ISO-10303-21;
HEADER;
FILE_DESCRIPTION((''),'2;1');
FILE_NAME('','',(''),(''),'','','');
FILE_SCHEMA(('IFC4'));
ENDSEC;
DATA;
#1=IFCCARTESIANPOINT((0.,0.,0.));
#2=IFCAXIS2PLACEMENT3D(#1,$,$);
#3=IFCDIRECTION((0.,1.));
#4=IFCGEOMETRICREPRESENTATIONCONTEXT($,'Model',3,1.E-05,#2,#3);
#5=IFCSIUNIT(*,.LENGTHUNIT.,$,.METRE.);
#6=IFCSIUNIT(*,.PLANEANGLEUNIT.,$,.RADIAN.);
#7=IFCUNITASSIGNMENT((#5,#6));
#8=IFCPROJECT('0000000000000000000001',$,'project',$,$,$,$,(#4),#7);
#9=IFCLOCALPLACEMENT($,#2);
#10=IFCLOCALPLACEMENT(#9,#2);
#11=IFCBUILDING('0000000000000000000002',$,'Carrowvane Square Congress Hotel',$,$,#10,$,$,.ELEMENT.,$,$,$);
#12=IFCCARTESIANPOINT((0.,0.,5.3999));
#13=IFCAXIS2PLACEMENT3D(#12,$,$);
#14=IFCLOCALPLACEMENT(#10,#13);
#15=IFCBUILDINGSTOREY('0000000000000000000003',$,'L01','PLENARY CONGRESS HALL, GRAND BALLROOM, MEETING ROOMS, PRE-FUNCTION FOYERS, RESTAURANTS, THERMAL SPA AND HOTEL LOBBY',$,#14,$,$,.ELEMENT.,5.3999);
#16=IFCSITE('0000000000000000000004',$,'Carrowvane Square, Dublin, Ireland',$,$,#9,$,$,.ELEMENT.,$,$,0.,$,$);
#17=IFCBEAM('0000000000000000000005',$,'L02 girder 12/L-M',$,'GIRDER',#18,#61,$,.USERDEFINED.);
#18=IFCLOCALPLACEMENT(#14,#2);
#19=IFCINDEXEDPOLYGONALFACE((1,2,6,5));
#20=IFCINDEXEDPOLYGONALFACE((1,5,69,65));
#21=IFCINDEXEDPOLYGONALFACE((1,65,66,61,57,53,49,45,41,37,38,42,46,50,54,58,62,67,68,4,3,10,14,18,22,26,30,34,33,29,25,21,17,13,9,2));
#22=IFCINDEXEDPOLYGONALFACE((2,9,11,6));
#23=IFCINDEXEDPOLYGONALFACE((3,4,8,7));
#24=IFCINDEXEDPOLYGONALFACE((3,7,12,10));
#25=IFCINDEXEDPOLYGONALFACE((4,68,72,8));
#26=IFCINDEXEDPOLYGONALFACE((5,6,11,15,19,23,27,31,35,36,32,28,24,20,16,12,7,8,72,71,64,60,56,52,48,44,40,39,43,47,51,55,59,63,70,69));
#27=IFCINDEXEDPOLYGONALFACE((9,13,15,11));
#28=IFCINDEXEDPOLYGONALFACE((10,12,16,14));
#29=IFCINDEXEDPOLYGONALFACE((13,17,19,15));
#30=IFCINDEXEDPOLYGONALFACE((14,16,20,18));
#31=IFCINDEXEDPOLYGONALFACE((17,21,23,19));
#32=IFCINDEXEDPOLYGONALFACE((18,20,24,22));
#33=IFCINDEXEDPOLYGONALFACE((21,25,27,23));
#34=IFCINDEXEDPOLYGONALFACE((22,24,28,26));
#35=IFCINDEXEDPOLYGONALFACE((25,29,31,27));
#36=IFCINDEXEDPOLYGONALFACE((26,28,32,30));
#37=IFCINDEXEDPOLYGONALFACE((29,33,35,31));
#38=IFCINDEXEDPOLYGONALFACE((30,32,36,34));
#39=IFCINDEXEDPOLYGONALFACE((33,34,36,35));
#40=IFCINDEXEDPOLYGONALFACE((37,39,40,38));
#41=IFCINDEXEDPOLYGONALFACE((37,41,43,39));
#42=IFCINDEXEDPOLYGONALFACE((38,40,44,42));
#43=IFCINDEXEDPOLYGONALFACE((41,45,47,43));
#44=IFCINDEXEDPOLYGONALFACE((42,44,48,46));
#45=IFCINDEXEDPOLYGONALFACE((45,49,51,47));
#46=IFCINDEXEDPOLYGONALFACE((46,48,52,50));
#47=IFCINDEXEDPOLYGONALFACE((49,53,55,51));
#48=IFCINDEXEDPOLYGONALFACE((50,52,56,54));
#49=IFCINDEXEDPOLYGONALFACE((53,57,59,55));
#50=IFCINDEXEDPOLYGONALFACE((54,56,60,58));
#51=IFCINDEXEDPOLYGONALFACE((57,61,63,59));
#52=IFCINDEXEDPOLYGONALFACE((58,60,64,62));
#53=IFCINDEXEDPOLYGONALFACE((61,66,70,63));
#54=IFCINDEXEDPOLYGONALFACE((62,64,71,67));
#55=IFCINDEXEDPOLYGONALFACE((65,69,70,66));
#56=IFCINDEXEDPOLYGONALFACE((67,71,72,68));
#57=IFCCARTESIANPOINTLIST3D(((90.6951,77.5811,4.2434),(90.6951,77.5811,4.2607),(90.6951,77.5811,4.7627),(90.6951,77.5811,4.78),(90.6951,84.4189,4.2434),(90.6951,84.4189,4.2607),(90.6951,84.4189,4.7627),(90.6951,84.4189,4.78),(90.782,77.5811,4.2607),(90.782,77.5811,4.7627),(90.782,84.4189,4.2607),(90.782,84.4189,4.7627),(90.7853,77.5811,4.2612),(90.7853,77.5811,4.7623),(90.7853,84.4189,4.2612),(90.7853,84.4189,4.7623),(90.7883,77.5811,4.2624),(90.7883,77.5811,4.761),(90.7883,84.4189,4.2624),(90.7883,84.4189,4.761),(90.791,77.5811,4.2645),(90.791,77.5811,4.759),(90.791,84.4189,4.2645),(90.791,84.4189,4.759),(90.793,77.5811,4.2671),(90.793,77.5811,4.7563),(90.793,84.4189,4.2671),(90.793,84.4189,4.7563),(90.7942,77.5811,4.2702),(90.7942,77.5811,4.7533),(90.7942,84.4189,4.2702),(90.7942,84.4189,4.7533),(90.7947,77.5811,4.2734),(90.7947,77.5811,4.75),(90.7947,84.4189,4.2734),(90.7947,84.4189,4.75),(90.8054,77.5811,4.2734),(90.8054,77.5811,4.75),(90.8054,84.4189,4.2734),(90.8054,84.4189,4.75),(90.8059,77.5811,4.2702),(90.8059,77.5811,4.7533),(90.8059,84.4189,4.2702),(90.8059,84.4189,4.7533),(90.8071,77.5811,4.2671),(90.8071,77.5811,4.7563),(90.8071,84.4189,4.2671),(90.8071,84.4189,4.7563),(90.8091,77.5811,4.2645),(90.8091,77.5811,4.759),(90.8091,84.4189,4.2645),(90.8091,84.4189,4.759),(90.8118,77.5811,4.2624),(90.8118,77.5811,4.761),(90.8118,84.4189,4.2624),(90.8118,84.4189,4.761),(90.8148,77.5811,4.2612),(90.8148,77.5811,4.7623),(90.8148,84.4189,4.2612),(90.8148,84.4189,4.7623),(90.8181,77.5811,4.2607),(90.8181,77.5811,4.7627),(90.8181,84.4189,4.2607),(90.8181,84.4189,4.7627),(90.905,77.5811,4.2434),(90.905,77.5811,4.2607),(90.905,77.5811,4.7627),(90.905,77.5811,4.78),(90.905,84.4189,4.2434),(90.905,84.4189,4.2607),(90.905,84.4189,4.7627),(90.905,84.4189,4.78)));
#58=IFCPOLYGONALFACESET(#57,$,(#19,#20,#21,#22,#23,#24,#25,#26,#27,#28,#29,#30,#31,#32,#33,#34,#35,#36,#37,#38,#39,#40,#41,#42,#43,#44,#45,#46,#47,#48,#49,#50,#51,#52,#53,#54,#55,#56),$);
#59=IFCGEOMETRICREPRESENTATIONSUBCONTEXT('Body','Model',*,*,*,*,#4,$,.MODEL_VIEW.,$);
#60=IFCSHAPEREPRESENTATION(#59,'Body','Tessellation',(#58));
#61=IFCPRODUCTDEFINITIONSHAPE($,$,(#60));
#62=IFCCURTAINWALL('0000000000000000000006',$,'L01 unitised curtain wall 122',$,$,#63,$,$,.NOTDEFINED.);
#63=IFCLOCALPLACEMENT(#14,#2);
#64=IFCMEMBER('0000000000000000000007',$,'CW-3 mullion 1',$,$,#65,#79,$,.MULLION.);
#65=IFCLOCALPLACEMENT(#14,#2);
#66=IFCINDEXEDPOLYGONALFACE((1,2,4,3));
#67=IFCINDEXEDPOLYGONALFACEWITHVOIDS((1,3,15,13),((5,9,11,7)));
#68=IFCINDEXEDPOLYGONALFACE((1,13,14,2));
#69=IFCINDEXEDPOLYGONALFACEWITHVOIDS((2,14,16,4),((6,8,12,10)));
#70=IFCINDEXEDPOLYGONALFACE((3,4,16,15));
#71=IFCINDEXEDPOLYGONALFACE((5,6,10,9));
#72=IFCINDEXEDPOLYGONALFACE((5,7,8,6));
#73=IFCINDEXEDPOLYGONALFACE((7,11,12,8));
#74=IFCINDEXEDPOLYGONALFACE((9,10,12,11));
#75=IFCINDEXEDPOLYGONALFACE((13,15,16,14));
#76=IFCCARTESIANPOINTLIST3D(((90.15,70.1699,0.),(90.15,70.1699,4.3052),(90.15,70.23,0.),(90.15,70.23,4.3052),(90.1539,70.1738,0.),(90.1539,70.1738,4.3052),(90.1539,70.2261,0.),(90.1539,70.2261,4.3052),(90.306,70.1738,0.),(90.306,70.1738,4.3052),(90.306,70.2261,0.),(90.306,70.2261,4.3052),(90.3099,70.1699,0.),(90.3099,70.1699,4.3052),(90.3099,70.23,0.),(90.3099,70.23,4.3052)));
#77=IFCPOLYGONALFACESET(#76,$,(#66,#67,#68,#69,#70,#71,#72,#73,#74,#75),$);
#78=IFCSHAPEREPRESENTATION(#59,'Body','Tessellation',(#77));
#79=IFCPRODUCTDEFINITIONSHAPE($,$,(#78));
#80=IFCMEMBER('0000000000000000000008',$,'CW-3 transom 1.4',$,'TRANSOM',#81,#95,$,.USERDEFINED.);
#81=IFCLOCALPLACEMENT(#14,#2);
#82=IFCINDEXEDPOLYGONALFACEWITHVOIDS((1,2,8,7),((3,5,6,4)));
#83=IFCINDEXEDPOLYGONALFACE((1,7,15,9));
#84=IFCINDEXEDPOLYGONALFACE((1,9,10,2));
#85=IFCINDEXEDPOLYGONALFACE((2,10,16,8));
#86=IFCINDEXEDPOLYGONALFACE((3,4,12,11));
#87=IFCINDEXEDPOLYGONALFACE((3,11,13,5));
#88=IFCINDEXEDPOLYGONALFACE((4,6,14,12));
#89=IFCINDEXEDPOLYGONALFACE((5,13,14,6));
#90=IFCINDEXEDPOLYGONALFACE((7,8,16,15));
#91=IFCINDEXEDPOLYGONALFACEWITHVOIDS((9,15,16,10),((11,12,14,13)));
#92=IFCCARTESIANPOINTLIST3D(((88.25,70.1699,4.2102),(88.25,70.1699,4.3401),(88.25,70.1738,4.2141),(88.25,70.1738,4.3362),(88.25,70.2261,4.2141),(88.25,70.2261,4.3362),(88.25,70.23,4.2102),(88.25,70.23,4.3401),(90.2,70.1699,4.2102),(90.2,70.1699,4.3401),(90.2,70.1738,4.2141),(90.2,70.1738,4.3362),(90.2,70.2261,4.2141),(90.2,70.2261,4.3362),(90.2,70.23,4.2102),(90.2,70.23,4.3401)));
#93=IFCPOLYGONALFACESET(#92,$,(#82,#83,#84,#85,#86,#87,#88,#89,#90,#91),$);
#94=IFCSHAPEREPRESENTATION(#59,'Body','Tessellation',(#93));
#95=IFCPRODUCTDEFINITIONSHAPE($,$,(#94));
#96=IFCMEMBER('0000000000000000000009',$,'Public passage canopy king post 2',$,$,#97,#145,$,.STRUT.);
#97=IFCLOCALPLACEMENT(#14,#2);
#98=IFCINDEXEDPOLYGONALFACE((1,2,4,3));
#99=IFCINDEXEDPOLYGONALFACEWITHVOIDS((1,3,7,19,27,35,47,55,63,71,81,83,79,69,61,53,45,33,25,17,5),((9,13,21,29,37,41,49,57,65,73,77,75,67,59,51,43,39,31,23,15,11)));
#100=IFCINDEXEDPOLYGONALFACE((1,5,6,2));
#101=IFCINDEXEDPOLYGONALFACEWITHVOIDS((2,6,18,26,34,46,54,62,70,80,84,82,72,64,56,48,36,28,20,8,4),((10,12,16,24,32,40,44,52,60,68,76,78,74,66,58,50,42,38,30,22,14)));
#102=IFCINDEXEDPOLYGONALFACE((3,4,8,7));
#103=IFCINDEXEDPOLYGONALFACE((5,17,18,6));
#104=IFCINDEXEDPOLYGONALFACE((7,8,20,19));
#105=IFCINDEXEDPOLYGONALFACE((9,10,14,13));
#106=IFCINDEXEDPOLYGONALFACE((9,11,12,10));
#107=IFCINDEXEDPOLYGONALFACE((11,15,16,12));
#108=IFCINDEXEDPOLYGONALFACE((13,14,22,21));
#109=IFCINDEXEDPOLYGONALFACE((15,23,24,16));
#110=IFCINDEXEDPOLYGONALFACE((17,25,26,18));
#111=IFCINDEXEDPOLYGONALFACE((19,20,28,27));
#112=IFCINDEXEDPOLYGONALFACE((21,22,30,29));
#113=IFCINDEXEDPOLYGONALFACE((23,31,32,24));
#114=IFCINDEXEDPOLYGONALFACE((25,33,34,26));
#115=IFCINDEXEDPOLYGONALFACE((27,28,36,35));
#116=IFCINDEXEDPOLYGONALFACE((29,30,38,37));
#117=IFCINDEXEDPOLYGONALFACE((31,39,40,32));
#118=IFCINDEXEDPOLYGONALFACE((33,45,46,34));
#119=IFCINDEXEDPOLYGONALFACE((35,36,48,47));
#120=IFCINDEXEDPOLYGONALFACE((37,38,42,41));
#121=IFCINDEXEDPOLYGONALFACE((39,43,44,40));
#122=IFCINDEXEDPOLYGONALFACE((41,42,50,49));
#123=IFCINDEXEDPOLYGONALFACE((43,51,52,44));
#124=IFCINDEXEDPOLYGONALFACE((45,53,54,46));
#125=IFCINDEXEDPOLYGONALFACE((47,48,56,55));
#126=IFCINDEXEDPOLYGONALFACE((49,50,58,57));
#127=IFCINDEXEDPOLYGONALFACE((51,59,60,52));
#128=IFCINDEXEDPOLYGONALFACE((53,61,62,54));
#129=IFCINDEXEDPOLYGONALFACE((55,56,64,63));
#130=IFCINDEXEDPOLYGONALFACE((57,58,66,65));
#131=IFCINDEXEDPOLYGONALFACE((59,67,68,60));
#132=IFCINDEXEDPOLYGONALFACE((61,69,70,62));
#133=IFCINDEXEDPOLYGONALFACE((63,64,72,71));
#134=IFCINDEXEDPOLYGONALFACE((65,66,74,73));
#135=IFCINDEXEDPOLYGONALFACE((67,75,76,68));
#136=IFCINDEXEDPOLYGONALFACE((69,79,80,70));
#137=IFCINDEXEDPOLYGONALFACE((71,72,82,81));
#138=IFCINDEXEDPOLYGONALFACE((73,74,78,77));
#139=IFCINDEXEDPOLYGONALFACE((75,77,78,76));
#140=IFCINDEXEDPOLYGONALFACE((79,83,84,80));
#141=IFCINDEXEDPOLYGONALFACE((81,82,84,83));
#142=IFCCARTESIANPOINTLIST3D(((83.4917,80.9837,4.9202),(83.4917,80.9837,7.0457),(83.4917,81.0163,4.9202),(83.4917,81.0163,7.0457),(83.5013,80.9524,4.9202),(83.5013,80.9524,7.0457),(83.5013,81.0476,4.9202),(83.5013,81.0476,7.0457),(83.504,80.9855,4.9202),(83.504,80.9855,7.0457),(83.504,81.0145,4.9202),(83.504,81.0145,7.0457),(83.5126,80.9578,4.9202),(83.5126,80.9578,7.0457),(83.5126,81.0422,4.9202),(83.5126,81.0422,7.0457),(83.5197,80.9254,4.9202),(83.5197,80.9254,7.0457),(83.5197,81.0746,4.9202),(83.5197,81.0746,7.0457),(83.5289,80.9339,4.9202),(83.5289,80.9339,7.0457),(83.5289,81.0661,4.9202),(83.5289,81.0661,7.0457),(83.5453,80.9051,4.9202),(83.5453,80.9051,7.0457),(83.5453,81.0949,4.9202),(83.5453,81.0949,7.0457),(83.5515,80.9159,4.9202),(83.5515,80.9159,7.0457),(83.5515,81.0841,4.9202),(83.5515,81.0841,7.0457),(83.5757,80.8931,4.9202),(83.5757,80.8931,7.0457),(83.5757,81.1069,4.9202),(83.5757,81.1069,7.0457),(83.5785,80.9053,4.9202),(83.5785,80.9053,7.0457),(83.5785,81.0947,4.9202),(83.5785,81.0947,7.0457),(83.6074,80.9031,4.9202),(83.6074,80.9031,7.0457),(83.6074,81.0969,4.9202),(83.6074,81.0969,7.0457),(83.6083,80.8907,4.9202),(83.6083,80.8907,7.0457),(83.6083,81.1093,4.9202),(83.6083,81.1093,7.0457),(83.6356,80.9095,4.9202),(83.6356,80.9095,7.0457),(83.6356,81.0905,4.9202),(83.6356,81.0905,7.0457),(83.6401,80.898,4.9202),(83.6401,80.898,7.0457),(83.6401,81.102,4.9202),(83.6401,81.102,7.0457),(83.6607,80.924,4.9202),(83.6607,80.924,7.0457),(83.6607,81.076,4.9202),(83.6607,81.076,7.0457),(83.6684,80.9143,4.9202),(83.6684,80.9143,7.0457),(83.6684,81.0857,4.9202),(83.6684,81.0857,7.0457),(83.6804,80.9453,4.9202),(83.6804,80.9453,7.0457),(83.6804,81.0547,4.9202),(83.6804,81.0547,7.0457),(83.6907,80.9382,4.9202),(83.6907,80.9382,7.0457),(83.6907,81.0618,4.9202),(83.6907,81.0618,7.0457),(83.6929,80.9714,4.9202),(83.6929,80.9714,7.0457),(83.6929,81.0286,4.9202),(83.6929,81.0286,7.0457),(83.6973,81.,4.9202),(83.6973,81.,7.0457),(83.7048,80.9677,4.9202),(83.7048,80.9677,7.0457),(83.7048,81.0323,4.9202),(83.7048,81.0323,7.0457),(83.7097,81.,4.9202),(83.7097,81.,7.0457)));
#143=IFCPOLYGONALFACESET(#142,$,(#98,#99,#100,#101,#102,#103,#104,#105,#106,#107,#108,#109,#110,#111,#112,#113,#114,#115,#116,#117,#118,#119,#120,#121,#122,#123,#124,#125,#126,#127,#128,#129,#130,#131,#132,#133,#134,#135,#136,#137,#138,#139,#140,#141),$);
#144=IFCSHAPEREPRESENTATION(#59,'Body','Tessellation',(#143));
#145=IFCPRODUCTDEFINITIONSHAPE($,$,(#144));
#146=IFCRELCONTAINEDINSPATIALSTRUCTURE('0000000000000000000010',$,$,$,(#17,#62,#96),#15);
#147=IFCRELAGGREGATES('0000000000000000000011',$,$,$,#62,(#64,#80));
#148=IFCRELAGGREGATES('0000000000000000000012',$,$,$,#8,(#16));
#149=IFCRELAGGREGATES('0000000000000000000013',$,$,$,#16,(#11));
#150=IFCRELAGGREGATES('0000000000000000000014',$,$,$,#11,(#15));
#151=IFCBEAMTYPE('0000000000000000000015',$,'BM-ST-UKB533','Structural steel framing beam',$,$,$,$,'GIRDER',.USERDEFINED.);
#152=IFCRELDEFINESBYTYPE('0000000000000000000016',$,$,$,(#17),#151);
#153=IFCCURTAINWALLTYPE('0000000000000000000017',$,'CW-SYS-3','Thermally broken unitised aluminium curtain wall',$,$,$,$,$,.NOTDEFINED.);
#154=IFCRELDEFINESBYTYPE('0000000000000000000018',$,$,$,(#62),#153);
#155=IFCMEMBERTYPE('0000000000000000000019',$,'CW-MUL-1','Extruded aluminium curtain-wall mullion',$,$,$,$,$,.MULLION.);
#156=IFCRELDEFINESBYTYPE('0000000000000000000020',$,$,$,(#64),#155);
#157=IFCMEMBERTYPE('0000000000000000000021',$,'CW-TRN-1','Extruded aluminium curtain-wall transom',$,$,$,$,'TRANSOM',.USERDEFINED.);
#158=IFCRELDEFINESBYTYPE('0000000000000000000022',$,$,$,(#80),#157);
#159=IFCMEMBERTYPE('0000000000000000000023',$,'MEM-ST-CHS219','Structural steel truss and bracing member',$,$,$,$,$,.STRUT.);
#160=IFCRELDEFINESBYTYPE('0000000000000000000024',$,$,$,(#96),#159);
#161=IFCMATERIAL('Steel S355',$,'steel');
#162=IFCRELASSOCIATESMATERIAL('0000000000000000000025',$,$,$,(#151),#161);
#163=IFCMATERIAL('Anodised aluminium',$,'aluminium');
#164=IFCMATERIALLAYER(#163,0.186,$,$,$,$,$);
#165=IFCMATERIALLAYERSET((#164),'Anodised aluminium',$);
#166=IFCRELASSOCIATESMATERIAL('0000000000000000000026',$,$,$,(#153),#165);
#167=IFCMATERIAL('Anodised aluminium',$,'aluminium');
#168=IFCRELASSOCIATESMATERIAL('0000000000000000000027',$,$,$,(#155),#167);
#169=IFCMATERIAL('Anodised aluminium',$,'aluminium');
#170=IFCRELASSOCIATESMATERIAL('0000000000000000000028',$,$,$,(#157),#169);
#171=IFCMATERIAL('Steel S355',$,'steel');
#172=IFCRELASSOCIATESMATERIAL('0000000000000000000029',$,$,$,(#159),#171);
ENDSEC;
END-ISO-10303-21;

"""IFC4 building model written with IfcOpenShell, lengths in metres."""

from ifc_helpers import new_model, si_unit, direction, frame, origin, origin_2d, place, context, subcontext, project, spatial, hollow_rectangle, hollow_circle, i_section, extrude, material, layer, layer_set, material_profile, profile_set, type_object, element, aggregate, save


model = new_model("IFC4")

# Units and contexts
model_context = context("Model", 3, precision=1e-05, world=origin(), true_north=direction((0.0, 1.0)))
body_context = subcontext(model_context, "Body", "Model", "MODEL_VIEW")
ifc_project = project(units=[si_unit("LENGTHUNIT", "METRE"), si_unit("PLANEANGLEUNIT", "RADIAN")], contexts=[model_context])

# Site, building, storey
site_placement = place(None, origin())
site = spatial("IfcSite", under=ifc_project, at=site_placement, Name="Carrowvane Square, Dublin, Ireland", CompositionType="ELEMENT", RefElevation=0.0)
building_placement = place(site_placement, origin())
building = spatial("IfcBuilding", under=site, at=building_placement, Name="Carrowvane Square Congress Hotel", CompositionType="ELEMENT")
storey_placement = place(building_placement, frame((0.0, 0.0, 5.3999)))
storey = spatial("IfcBuildingStorey", under=building, at=storey_placement, Name="L01", Description="PLENARY CONGRESS HALL, GRAND BALLROOM, MEETING ROOMS, PRE-FUNCTION FOYERS, RESTAURANTS, THERMAL SPA AND HOTEL LOBBY", CompositionType="ELEMENT", Elevation=5.3999)

# Beam
ifc_material_1 = material(Name="Steel S355", Category="steel")
ifc_material_profile_1 = material_profile(ifc_material_1, i_section(OverallWidth=0.21, OverallDepth=0.5366, WebThickness=0.0107, FlangeThickness=0.0173, FilletRadius=0.0127, at=origin_2d()), Name="UKB 533x210x101")
ifc_profile_set_1 = profile_set([ifc_material_profile_1], Name="Steel S355")
beam_type_1 = type_object("IfcBeamType", Name="BM-ST-UKB533", Description="Structural steel framing beam", ElementType="GIRDER", PredefinedType="USERDEFINED", material=ifc_profile_set_1)
for number, where, z_axis, x_axis, name in (
    (1, (90.8, 77.5811, 4.5117), (0.0, 1.0, 0.0), (-1.0, 0.0, 0.0), "L02 girder 12/L-M"),
):
    element("IfcBeam", number, at=place(storey_placement, frame(where, z_axis=z_axis, x_axis=x_axis)), inside=storey, type_object=beam_type_1, Name=name, ObjectType="GIRDER", PredefinedType="USERDEFINED", context=body_context, shape_type="SweptSolid", body=[
        extrude(i_section(OverallWidth=0.21, OverallDepth=0.5366, WebThickness=0.0107, FlangeThickness=0.0173, FilletRadius=0.0127, at=origin_2d()), origin(), (0.0, 0.0, 1.0), 6.8379),
    ])

# Curtain wall, members
ifc_material_2 = material(Name="Anodised aluminium", Category="aluminium")
ifc_layer_1 = layer(ifc_material_2, 0.186)
ifc_layer_set_1 = layer_set([ifc_layer_1], Name="Anodised aluminium")
curtain_wall_type = type_object("IfcCurtainWallType", Name="CW-SYS-3", Description="Thermally broken unitised aluminium curtain wall", PredefinedType="NOTDEFINED", material=ifc_layer_set_1)
curtain_wall_placement = place(storey_placement, origin())
curtain_wall = element("IfcCurtainWall", 2, at=curtain_wall_placement, inside=storey, type_object=curtain_wall_type, Name="L01 unitised curtain wall 122", PredefinedType="NOTDEFINED")
ifc_material_3 = material(Name="Anodised aluminium", Category="aluminium")
ifc_material_profile_2 = material_profile(ifc_material_3, hollow_rectangle(XDim=0.0601, YDim=0.1599, WallThickness=0.0039, at=origin_2d()), Name="CW-ML 60x160x4")
ifc_profile_set_2 = profile_set([ifc_material_profile_2], Name="Anodised aluminium")
member_type_1 = type_object("IfcMemberType", Name="CW-MUL-1", Description="Extruded aluminium curtain-wall mullion", PredefinedType="MULLION", material=ifc_profile_set_2)
member_1_placement = place(storey_placement, frame((90.23, 70.2, 0.0), z_axis=(0.0, 0.0, 1.0), x_axis=(0.0, -1.0, 0.0)))
member_1 = element("IfcMember", 3, at=member_1_placement, type_object=member_type_1, Name="CW-3 mullion 1", PredefinedType="MULLION", context=body_context, shape_type="SweptSolid", body=[
    extrude(hollow_rectangle(XDim=0.0601, YDim=0.1599, WallThickness=0.0039, at=origin_2d()), origin(), (0.0, 0.0, 1.0), 4.3052),
])
ifc_material_4 = material(Name="Anodised aluminium", Category="aluminium")
ifc_material_profile_3 = material_profile(ifc_material_4, hollow_rectangle(XDim=0.0601, YDim=0.1299, WallThickness=0.0039, at=origin_2d()), Name="CW-TR 60x130x4")
ifc_profile_set_3 = profile_set([ifc_material_profile_3], Name="Anodised aluminium")
member_type_2 = type_object("IfcMemberType", Name="CW-TRN-1", Description="Extruded aluminium curtain-wall transom", ElementType="TRANSOM", PredefinedType="USERDEFINED", material=ifc_profile_set_3)
member_2_placement = place(storey_placement, frame((90.2, 70.2, 4.2751), z_axis=(-1.0, 0.0, 0.0), x_axis=(0.0, -1.0, 0.0)))
member_2 = element("IfcMember", 4, at=member_2_placement, type_object=member_type_2, Name="CW-3 transom 1.4", ObjectType="TRANSOM", PredefinedType="USERDEFINED", context=body_context, shape_type="SweptSolid", body=[
    extrude(hollow_rectangle(XDim=0.0601, YDim=0.1299, WallThickness=0.0039, at=origin_2d()), origin(), (0.0, 0.0, 1.0), 1.95),
])
aggregate(curtain_wall, [member_1, member_2])

# Member
ifc_material_5 = material(Name="Steel S355", Category="steel")
ifc_material_profile_4 = material_profile(ifc_material_5, hollow_circle(Radius=0.1096, WallThickness=0.0125, at=origin_2d()), Name="CHS 219.1x12.5")
ifc_profile_set_4 = profile_set([ifc_material_profile_4], Name="Steel S355")
member_type_3 = type_object("IfcMemberType", Name="MEM-ST-CHS219", Description="Structural steel truss and bracing member", PredefinedType="STRUT", material=ifc_profile_set_4)
member_3_placement = place(storey_placement, frame((83.6001, 81.0, 4.9202), z_axis=(0.0, 0.0, 1.0), x_axis=(1.0, 0.0, 0.0)))
element("IfcMember", 5, at=member_3_placement, inside=storey, type_object=member_type_3, Name="Public passage canopy king post 2", PredefinedType="STRUT", context=body_context, shape_type="SweptSolid", body=[
    extrude(hollow_circle(Radius=0.1096, WallThickness=0.0125, at=origin_2d()), origin(), (0.0, 0.0, 1.0), 2.1255),
])

save(model, "model.ifc")
